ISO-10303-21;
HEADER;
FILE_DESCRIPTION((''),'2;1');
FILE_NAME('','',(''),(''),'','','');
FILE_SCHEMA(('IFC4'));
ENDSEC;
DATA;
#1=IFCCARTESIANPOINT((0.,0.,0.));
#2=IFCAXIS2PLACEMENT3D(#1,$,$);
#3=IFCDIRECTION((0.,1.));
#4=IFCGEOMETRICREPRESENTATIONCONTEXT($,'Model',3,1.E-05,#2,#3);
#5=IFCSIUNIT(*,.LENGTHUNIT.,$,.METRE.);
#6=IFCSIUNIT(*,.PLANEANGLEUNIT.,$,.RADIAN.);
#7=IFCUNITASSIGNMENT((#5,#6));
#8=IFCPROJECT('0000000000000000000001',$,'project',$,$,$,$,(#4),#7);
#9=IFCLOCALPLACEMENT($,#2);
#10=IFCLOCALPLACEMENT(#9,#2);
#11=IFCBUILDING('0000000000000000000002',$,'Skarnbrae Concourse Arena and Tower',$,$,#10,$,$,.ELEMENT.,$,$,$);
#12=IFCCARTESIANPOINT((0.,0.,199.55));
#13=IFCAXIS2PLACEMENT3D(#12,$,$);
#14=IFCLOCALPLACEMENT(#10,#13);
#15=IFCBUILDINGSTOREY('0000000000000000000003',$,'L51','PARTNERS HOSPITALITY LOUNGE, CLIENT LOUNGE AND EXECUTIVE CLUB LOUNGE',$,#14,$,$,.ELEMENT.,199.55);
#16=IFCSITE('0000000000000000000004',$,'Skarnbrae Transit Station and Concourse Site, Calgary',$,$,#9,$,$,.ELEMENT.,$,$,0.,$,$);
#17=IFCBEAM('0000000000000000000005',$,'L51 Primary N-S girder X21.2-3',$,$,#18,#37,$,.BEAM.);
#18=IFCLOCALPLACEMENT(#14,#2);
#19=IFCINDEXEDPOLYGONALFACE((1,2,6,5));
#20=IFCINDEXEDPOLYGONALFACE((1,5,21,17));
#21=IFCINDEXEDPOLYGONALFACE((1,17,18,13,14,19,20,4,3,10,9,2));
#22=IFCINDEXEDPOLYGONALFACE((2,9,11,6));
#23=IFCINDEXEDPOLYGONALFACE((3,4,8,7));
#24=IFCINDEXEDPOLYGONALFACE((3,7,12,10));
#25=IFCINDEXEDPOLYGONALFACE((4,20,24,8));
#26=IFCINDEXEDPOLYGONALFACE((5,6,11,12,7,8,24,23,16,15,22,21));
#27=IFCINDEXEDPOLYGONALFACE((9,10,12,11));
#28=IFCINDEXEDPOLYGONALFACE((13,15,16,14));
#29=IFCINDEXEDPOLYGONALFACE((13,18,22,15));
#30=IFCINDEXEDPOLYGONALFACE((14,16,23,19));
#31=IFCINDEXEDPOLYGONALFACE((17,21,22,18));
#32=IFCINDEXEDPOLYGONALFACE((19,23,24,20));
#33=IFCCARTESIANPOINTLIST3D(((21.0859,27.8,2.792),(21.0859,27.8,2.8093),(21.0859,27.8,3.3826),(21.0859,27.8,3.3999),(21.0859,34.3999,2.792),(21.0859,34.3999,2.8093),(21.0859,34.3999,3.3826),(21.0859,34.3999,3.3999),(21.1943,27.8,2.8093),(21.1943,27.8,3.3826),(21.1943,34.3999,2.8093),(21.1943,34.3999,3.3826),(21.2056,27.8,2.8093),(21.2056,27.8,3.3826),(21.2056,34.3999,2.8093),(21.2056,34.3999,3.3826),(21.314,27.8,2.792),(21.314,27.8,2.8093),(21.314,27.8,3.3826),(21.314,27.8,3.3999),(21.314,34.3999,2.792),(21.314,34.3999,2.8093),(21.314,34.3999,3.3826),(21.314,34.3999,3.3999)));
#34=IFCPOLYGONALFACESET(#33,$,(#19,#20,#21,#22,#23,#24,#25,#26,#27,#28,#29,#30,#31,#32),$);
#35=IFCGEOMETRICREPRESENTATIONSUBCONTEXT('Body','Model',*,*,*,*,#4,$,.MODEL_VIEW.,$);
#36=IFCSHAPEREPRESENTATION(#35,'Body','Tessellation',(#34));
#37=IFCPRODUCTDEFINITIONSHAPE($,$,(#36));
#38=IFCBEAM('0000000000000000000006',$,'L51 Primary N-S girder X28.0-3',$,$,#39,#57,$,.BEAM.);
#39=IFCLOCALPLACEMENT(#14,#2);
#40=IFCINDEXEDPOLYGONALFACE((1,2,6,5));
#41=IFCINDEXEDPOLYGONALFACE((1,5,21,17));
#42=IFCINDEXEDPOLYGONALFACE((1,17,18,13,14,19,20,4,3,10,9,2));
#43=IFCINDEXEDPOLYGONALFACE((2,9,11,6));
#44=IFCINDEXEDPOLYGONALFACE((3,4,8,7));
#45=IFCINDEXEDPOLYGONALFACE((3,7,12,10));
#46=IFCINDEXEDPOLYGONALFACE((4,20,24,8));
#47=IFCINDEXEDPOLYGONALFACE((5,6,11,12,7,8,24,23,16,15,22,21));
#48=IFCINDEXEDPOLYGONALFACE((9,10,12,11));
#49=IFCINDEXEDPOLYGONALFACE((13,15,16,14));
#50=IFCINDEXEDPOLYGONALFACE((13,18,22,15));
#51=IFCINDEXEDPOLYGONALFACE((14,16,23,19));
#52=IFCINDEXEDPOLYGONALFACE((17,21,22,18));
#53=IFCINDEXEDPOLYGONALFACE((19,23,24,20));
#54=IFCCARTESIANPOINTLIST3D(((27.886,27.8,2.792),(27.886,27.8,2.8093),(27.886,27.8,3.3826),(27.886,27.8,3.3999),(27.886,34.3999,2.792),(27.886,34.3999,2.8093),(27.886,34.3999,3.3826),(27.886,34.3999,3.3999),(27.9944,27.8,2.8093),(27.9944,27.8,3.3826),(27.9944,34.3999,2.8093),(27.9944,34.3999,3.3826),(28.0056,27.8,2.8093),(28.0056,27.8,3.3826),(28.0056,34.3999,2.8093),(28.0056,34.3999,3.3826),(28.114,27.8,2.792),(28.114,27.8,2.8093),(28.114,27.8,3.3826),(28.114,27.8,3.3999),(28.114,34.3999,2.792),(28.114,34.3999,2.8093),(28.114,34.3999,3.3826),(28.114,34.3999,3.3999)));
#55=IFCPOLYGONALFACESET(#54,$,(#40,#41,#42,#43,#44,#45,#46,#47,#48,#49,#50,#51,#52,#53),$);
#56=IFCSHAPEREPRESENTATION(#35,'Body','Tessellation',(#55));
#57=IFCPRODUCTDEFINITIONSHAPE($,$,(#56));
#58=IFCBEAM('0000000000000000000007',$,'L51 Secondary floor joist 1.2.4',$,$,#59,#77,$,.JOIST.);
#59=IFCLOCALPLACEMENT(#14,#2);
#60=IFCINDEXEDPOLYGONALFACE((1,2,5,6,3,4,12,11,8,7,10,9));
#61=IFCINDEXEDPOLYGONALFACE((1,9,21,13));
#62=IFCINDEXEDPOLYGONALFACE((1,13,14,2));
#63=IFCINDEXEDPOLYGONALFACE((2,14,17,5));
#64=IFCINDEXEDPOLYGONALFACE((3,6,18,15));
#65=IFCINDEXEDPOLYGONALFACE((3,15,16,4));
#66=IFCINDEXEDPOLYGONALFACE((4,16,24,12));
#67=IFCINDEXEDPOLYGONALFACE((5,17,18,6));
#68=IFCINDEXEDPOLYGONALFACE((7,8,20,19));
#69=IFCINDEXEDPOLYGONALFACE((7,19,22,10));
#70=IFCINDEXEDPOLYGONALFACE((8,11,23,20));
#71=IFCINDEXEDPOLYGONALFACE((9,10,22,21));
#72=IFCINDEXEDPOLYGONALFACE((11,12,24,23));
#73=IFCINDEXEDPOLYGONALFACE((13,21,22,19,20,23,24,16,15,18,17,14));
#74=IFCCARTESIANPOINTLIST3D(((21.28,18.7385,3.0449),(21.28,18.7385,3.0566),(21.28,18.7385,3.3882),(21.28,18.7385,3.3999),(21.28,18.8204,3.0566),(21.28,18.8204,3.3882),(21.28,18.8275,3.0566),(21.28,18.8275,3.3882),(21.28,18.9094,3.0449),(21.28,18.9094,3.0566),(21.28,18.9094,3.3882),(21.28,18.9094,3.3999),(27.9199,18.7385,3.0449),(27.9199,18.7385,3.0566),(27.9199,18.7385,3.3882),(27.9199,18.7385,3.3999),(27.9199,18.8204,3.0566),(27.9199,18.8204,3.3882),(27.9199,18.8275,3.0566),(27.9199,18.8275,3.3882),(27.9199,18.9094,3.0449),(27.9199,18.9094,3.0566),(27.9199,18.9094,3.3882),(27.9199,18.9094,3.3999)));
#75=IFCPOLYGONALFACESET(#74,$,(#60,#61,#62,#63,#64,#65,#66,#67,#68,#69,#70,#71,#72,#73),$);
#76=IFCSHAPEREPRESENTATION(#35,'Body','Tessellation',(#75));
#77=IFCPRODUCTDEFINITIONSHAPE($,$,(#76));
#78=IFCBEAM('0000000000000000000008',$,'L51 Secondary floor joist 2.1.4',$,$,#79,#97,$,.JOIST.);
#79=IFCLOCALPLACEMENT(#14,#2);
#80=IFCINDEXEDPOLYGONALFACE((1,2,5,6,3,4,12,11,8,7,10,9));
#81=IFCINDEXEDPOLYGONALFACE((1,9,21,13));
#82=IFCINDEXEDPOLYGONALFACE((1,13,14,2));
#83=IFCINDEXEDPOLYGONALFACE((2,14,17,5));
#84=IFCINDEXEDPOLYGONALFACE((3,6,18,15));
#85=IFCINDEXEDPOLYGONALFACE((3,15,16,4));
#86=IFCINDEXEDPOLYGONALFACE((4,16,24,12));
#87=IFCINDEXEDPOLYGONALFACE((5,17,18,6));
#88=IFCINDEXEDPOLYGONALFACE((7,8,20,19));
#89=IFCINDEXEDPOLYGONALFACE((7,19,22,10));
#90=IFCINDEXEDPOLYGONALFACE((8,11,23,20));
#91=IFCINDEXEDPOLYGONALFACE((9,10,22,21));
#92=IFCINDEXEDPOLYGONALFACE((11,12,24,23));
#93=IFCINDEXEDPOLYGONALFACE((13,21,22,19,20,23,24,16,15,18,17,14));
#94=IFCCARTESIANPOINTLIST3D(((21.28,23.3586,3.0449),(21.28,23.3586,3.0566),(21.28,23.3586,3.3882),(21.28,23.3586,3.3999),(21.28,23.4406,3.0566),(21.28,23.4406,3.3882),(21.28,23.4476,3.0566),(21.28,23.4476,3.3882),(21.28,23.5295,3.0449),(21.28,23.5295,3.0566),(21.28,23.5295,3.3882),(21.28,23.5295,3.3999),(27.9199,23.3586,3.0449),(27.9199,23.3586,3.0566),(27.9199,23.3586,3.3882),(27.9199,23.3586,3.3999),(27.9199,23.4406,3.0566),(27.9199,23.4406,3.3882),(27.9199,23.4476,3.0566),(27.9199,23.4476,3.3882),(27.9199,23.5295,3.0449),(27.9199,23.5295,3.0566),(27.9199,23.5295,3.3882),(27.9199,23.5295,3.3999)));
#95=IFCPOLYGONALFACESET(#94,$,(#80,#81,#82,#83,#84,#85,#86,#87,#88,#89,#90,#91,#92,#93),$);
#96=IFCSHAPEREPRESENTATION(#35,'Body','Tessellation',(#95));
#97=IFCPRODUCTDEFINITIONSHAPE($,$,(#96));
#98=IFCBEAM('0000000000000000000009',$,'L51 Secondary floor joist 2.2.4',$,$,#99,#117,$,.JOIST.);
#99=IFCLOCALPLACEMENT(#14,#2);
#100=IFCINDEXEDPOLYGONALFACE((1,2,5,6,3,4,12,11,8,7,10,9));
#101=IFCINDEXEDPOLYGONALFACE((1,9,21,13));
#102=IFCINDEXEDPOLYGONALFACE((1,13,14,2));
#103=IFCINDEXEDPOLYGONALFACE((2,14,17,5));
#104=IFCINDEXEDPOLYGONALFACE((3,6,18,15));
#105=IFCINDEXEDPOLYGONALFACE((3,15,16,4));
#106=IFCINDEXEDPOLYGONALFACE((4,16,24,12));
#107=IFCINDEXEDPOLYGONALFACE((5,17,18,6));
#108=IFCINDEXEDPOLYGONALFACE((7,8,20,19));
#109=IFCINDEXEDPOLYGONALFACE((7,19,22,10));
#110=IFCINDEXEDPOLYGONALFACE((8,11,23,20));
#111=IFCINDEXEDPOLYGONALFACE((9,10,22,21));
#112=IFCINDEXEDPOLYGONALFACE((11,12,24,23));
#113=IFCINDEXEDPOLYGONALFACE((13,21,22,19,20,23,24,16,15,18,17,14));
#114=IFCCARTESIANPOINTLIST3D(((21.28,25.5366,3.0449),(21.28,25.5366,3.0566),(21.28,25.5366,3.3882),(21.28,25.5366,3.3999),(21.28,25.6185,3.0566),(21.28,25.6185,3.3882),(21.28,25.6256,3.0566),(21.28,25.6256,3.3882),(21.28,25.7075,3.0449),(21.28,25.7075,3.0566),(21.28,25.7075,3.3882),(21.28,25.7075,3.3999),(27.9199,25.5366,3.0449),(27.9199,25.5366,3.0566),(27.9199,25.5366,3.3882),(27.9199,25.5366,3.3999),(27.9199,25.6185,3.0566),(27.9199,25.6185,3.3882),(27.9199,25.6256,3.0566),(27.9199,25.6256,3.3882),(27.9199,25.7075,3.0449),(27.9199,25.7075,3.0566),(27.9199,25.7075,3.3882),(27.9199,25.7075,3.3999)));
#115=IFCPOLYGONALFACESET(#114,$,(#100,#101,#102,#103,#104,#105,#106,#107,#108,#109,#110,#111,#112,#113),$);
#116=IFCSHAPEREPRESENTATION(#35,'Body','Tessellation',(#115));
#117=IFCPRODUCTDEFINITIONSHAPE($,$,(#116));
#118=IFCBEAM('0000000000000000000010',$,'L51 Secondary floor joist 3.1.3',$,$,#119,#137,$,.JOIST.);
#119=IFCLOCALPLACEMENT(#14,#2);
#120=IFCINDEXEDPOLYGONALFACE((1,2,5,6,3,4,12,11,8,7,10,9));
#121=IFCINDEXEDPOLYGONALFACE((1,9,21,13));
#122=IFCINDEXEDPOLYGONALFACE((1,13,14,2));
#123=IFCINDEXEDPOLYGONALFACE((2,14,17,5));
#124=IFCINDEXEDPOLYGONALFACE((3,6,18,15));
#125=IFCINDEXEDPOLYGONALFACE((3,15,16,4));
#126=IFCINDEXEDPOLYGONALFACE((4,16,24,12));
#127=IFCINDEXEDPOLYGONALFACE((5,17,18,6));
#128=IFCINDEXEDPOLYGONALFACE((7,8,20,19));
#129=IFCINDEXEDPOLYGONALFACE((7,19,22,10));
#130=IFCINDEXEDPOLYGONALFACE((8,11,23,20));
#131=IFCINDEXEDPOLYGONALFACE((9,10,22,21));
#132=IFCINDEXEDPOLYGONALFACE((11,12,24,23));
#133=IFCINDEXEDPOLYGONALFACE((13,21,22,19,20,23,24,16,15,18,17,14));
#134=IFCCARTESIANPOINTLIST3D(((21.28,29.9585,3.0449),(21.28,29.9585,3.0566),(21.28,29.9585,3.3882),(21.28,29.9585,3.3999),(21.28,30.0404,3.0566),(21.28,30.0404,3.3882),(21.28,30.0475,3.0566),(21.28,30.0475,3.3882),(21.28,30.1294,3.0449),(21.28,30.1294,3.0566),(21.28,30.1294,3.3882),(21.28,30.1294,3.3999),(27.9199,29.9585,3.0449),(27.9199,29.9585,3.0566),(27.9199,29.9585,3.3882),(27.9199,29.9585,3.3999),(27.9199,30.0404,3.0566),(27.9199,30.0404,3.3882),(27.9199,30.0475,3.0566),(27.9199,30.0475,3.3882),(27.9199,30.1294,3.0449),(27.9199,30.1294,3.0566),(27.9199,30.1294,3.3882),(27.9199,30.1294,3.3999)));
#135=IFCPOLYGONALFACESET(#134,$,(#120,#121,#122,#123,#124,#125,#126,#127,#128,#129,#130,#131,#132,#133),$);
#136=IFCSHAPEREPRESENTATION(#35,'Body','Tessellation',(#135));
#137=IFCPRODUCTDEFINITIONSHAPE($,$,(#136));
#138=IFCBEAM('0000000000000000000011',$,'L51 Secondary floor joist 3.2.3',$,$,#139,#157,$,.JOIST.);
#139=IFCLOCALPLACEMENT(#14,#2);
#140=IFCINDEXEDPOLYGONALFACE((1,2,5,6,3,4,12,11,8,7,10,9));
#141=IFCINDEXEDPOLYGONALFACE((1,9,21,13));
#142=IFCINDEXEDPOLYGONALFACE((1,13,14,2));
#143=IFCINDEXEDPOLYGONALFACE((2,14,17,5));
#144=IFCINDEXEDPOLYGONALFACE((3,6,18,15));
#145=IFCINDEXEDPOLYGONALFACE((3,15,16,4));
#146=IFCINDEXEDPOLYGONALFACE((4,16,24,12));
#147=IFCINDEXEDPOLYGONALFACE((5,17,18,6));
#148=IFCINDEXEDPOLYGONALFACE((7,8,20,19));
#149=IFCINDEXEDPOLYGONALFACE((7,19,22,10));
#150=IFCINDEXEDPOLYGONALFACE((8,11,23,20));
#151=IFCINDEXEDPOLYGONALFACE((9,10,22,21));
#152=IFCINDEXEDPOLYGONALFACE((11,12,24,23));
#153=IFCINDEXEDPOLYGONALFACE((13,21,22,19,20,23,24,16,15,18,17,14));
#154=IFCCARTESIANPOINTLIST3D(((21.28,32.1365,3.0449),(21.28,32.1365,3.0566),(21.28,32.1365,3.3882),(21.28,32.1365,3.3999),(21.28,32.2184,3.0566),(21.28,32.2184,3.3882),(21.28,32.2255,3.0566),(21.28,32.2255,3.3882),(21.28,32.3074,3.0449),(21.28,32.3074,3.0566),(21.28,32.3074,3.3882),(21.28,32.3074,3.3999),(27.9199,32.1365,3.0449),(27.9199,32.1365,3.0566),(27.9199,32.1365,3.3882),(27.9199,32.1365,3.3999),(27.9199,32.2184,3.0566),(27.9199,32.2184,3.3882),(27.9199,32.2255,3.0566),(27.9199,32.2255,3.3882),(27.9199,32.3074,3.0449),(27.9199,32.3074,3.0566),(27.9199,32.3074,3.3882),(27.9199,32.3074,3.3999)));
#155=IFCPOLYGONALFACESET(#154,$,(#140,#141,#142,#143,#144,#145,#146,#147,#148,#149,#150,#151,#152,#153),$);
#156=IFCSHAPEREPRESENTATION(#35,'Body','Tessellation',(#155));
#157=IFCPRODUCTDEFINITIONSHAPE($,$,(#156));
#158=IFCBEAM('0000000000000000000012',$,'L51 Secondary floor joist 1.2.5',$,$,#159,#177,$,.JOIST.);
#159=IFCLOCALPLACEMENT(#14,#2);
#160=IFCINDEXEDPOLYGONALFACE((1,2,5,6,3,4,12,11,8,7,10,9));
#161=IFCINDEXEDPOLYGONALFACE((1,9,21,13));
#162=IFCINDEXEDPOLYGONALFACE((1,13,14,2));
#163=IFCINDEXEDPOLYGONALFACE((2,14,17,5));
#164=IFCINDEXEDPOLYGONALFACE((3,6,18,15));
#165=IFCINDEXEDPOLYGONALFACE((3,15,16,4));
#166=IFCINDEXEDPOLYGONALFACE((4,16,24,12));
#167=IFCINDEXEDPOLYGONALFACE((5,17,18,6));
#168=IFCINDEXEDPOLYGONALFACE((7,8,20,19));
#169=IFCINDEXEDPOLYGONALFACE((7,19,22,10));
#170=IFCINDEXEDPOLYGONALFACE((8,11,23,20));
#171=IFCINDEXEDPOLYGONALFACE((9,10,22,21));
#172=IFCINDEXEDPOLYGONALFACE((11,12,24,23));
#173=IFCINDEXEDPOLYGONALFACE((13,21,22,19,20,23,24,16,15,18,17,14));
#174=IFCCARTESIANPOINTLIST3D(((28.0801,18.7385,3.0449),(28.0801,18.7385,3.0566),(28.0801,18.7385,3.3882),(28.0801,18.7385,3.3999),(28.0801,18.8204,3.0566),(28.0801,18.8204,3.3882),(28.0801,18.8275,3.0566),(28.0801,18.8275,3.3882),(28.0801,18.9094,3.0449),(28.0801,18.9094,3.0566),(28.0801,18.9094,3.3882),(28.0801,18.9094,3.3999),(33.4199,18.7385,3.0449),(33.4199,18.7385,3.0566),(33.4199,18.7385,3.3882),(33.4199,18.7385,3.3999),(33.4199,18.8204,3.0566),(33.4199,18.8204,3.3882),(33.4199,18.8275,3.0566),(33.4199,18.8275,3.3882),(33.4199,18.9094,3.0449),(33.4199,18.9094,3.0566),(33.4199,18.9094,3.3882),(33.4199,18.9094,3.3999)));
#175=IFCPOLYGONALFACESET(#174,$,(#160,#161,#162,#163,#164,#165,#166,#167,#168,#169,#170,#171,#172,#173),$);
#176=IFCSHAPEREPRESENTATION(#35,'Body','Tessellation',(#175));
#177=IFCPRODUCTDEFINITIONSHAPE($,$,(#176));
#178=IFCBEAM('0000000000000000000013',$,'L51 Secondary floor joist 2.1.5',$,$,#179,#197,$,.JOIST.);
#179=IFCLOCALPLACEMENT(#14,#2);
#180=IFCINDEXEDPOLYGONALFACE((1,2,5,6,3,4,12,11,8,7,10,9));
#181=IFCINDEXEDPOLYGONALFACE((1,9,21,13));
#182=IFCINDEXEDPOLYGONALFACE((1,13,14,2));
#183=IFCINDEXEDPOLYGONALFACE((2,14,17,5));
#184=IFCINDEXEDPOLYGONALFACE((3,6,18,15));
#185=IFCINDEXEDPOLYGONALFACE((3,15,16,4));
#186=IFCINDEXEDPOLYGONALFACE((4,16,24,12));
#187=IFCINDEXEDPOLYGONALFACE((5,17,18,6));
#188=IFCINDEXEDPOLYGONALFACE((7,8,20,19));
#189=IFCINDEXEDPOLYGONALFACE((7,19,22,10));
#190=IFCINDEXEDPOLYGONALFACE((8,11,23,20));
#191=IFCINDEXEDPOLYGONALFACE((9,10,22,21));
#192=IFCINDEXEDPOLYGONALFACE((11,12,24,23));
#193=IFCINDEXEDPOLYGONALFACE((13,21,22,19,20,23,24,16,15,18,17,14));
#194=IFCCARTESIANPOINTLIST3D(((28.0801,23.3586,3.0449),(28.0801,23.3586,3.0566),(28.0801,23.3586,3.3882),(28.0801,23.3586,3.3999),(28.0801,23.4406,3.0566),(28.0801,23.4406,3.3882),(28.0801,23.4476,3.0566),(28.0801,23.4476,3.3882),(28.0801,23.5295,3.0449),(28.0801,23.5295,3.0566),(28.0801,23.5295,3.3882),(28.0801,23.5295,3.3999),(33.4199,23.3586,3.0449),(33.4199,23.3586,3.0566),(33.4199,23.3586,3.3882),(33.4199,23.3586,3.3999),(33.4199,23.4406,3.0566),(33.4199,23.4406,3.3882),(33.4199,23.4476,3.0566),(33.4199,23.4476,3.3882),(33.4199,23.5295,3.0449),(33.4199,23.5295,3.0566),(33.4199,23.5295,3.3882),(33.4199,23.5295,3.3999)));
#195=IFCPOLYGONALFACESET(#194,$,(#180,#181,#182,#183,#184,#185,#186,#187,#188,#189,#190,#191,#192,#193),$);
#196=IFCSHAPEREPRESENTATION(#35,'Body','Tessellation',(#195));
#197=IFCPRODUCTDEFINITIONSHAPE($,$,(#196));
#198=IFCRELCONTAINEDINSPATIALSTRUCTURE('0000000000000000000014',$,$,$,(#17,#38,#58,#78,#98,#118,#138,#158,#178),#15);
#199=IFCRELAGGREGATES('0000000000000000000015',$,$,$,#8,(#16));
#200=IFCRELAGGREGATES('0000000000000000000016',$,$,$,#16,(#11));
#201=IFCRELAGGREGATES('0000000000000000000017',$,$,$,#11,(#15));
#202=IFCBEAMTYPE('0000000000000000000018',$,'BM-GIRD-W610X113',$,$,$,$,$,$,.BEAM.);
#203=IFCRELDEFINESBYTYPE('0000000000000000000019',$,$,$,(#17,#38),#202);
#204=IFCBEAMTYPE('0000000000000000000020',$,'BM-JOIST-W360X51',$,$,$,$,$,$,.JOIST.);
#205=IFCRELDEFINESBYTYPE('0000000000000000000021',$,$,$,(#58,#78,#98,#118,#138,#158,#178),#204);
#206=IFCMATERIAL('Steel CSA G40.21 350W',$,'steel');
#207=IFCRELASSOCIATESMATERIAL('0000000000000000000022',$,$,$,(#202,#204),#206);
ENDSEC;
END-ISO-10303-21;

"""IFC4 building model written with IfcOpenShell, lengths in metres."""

from ifc_helpers import new_model, si_unit, direction, frame, origin, origin_2d, place, context, subcontext, project, spatial, i_section, extrude, source, transform, mapped, material, material_profile, profile_set, type_object, element, save


model = new_model("IFC4")

# Units and contexts
model_context = context("Model", 3, precision=1e-05, world=origin(), true_north=direction((0.0, 1.0)))
body_context = subcontext(model_context, "Body", "Model", "MODEL_VIEW")
ifc_project = project(units=[si_unit("LENGTHUNIT", "METRE"), si_unit("PLANEANGLEUNIT", "RADIAN")], contexts=[model_context])

# Site, building, storey
site_placement = place(None, origin())
site = spatial("IfcSite", under=ifc_project, at=site_placement, Name="Skarnbrae Transit Station and Concourse Site, Calgary", CompositionType="ELEMENT", RefElevation=0.0)
building_placement = place(site_placement, origin())
building = spatial("IfcBuilding", under=site, at=building_placement, Name="Skarnbrae Concourse Arena and Tower", CompositionType="ELEMENT")
storey_placement = place(building_placement, frame((0.0, 0.0, 199.55)))
storey = spatial("IfcBuildingStorey", under=building, at=storey_placement, Name="L51", Description="PARTNERS HOSPITALITY LOUNGE, CLIENT LOUNGE AND EXECUTIVE CLUB LOUNGE", CompositionType="ELEMENT", Elevation=199.55)

# Shared definitions
ifc_material_1 = material(Name="Steel CSA G40.21 350W", Category="steel")

# Beams
ifc_material_profile_1 = material_profile(ifc_material_1, i_section(OverallWidth=0.228, OverallDepth=0.6079, WebThickness=0.0112, FlangeThickness=0.0173, at=origin_2d()), Name="W610X113")
ifc_profile_set_1 = profile_set([ifc_material_profile_1], Name="Steel CSA G40.21 350W")
beam_type_1 = type_object("IfcBeamType", Name="BM-GIRD-W610X113", PredefinedType="BEAM", material=ifc_profile_set_1)
shared_shape_1 = source(origin(), body_context, "Body", "SweptSolid", [
    extrude(i_section(OverallWidth=0.228, OverallDepth=0.6079, WebThickness=0.0112, FlangeThickness=0.0173, at=origin_2d()), origin(), (0.0, 0.0, 1.0), 6.5999),
])
for number, where, z_axis, x_axis, name in (
    (1, (21.2, 27.8, 3.0959), (0.0, 1.0, 0.0), (-1.0, 0.0, 0.0), "L51 Primary N-S girder X21.2-3"),
    (2, (28.0, 27.8, 3.0959), (0.0, 1.0, 0.0), (-1.0, 0.0, 0.0), "L51 Primary N-S girder X28.0-3"),
):
    element("IfcBeam", number, at=place(storey_placement, frame(where, z_axis=z_axis, x_axis=x_axis)), inside=storey, type_object=beam_type_1, Name=name, PredefinedType="BEAM", context=body_context, shape_type="MappedRepresentation", body=[
        mapped(shared_shape_1, transform((0.0, 0.0, 0.0))),
    ])
ifc_material_profile_2 = material_profile(ifc_material_1, i_section(OverallWidth=0.1709, OverallDepth=0.355, WebThickness=0.0071, FlangeThickness=0.0117, at=origin_2d()), Name="W360X51")
ifc_profile_set_2 = profile_set([ifc_material_profile_2], Name="Steel CSA G40.21 350W")
beam_type_2 = type_object("IfcBeamType", Name="BM-JOIST-W360X51", PredefinedType="JOIST", material=ifc_profile_set_2)
shared_shape_2 = source(origin(), body_context, "Body", "SweptSolid", [
    extrude(i_section(OverallWidth=0.1709, OverallDepth=0.355, WebThickness=0.0071, FlangeThickness=0.0117, at=origin_2d()), origin(), (0.0, 0.0, 1.0), 6.6399),
])
for number, where, z_axis, x_axis, name in (
    (3, (21.28, 18.824, 3.2224), (1.0, 0.0, 0.0), (0.0, 1.0, 0.0), "L51 Secondary floor joist 1.2.4"),
    (4, (21.28, 23.4441, 3.2224), (1.0, 0.0, 0.0), (0.0, 1.0, 0.0), "L51 Secondary floor joist 2.1.4"),
    (5, (21.28, 25.6221, 3.2224), (1.0, 0.0, 0.0), (0.0, 1.0, 0.0), "L51 Secondary floor joist 2.2.4"),
    (6, (21.28, 30.0439, 3.2224), (1.0, 0.0, 0.0), (0.0, 1.0, 0.0), "L51 Secondary floor joist 3.1.3"),
    (7, (21.28, 32.2219, 3.2224), (1.0, 0.0, 0.0), (0.0, 1.0, 0.0), "L51 Secondary floor joist 3.2.3"),
):
    element("IfcBeam", number, at=place(storey_placement, frame(where, z_axis=z_axis, x_axis=x_axis)), inside=storey, type_object=beam_type_2, Name=name, PredefinedType="JOIST", context=body_context, shape_type="MappedRepresentation", body=[
        mapped(shared_shape_2, transform((0.0, 0.0, 0.0))),
    ])
shared_shape_3 = source(origin(), body_context, "Body", "SweptSolid", [
    extrude(i_section(OverallWidth=0.1709, OverallDepth=0.355, WebThickness=0.0071, FlangeThickness=0.0117, at=origin_2d()), origin(), (0.0, 0.0, 1.0), 5.3398),
])
for number, where, z_axis, x_axis, name in (
    (8, (28.0801, 18.824, 3.2224), (1.0, 0.0, 0.0), (0.0, 1.0, 0.0), "L51 Secondary floor joist 1.2.5"),
    (9, (28.0801, 23.4441, 3.2224), (1.0, 0.0, 0.0), (0.0, 1.0, 0.0), "L51 Secondary floor joist 2.1.5"),
):
    element("IfcBeam", number, at=place(storey_placement, frame(where, z_axis=z_axis, x_axis=x_axis)), inside=storey, type_object=beam_type_2, Name=name, PredefinedType="JOIST", context=body_context, shape_type="MappedRepresentation", body=[
        mapped(shared_shape_3, transform((0.0, 0.0, 0.0))),
    ])

save(model, "model.ifc")
